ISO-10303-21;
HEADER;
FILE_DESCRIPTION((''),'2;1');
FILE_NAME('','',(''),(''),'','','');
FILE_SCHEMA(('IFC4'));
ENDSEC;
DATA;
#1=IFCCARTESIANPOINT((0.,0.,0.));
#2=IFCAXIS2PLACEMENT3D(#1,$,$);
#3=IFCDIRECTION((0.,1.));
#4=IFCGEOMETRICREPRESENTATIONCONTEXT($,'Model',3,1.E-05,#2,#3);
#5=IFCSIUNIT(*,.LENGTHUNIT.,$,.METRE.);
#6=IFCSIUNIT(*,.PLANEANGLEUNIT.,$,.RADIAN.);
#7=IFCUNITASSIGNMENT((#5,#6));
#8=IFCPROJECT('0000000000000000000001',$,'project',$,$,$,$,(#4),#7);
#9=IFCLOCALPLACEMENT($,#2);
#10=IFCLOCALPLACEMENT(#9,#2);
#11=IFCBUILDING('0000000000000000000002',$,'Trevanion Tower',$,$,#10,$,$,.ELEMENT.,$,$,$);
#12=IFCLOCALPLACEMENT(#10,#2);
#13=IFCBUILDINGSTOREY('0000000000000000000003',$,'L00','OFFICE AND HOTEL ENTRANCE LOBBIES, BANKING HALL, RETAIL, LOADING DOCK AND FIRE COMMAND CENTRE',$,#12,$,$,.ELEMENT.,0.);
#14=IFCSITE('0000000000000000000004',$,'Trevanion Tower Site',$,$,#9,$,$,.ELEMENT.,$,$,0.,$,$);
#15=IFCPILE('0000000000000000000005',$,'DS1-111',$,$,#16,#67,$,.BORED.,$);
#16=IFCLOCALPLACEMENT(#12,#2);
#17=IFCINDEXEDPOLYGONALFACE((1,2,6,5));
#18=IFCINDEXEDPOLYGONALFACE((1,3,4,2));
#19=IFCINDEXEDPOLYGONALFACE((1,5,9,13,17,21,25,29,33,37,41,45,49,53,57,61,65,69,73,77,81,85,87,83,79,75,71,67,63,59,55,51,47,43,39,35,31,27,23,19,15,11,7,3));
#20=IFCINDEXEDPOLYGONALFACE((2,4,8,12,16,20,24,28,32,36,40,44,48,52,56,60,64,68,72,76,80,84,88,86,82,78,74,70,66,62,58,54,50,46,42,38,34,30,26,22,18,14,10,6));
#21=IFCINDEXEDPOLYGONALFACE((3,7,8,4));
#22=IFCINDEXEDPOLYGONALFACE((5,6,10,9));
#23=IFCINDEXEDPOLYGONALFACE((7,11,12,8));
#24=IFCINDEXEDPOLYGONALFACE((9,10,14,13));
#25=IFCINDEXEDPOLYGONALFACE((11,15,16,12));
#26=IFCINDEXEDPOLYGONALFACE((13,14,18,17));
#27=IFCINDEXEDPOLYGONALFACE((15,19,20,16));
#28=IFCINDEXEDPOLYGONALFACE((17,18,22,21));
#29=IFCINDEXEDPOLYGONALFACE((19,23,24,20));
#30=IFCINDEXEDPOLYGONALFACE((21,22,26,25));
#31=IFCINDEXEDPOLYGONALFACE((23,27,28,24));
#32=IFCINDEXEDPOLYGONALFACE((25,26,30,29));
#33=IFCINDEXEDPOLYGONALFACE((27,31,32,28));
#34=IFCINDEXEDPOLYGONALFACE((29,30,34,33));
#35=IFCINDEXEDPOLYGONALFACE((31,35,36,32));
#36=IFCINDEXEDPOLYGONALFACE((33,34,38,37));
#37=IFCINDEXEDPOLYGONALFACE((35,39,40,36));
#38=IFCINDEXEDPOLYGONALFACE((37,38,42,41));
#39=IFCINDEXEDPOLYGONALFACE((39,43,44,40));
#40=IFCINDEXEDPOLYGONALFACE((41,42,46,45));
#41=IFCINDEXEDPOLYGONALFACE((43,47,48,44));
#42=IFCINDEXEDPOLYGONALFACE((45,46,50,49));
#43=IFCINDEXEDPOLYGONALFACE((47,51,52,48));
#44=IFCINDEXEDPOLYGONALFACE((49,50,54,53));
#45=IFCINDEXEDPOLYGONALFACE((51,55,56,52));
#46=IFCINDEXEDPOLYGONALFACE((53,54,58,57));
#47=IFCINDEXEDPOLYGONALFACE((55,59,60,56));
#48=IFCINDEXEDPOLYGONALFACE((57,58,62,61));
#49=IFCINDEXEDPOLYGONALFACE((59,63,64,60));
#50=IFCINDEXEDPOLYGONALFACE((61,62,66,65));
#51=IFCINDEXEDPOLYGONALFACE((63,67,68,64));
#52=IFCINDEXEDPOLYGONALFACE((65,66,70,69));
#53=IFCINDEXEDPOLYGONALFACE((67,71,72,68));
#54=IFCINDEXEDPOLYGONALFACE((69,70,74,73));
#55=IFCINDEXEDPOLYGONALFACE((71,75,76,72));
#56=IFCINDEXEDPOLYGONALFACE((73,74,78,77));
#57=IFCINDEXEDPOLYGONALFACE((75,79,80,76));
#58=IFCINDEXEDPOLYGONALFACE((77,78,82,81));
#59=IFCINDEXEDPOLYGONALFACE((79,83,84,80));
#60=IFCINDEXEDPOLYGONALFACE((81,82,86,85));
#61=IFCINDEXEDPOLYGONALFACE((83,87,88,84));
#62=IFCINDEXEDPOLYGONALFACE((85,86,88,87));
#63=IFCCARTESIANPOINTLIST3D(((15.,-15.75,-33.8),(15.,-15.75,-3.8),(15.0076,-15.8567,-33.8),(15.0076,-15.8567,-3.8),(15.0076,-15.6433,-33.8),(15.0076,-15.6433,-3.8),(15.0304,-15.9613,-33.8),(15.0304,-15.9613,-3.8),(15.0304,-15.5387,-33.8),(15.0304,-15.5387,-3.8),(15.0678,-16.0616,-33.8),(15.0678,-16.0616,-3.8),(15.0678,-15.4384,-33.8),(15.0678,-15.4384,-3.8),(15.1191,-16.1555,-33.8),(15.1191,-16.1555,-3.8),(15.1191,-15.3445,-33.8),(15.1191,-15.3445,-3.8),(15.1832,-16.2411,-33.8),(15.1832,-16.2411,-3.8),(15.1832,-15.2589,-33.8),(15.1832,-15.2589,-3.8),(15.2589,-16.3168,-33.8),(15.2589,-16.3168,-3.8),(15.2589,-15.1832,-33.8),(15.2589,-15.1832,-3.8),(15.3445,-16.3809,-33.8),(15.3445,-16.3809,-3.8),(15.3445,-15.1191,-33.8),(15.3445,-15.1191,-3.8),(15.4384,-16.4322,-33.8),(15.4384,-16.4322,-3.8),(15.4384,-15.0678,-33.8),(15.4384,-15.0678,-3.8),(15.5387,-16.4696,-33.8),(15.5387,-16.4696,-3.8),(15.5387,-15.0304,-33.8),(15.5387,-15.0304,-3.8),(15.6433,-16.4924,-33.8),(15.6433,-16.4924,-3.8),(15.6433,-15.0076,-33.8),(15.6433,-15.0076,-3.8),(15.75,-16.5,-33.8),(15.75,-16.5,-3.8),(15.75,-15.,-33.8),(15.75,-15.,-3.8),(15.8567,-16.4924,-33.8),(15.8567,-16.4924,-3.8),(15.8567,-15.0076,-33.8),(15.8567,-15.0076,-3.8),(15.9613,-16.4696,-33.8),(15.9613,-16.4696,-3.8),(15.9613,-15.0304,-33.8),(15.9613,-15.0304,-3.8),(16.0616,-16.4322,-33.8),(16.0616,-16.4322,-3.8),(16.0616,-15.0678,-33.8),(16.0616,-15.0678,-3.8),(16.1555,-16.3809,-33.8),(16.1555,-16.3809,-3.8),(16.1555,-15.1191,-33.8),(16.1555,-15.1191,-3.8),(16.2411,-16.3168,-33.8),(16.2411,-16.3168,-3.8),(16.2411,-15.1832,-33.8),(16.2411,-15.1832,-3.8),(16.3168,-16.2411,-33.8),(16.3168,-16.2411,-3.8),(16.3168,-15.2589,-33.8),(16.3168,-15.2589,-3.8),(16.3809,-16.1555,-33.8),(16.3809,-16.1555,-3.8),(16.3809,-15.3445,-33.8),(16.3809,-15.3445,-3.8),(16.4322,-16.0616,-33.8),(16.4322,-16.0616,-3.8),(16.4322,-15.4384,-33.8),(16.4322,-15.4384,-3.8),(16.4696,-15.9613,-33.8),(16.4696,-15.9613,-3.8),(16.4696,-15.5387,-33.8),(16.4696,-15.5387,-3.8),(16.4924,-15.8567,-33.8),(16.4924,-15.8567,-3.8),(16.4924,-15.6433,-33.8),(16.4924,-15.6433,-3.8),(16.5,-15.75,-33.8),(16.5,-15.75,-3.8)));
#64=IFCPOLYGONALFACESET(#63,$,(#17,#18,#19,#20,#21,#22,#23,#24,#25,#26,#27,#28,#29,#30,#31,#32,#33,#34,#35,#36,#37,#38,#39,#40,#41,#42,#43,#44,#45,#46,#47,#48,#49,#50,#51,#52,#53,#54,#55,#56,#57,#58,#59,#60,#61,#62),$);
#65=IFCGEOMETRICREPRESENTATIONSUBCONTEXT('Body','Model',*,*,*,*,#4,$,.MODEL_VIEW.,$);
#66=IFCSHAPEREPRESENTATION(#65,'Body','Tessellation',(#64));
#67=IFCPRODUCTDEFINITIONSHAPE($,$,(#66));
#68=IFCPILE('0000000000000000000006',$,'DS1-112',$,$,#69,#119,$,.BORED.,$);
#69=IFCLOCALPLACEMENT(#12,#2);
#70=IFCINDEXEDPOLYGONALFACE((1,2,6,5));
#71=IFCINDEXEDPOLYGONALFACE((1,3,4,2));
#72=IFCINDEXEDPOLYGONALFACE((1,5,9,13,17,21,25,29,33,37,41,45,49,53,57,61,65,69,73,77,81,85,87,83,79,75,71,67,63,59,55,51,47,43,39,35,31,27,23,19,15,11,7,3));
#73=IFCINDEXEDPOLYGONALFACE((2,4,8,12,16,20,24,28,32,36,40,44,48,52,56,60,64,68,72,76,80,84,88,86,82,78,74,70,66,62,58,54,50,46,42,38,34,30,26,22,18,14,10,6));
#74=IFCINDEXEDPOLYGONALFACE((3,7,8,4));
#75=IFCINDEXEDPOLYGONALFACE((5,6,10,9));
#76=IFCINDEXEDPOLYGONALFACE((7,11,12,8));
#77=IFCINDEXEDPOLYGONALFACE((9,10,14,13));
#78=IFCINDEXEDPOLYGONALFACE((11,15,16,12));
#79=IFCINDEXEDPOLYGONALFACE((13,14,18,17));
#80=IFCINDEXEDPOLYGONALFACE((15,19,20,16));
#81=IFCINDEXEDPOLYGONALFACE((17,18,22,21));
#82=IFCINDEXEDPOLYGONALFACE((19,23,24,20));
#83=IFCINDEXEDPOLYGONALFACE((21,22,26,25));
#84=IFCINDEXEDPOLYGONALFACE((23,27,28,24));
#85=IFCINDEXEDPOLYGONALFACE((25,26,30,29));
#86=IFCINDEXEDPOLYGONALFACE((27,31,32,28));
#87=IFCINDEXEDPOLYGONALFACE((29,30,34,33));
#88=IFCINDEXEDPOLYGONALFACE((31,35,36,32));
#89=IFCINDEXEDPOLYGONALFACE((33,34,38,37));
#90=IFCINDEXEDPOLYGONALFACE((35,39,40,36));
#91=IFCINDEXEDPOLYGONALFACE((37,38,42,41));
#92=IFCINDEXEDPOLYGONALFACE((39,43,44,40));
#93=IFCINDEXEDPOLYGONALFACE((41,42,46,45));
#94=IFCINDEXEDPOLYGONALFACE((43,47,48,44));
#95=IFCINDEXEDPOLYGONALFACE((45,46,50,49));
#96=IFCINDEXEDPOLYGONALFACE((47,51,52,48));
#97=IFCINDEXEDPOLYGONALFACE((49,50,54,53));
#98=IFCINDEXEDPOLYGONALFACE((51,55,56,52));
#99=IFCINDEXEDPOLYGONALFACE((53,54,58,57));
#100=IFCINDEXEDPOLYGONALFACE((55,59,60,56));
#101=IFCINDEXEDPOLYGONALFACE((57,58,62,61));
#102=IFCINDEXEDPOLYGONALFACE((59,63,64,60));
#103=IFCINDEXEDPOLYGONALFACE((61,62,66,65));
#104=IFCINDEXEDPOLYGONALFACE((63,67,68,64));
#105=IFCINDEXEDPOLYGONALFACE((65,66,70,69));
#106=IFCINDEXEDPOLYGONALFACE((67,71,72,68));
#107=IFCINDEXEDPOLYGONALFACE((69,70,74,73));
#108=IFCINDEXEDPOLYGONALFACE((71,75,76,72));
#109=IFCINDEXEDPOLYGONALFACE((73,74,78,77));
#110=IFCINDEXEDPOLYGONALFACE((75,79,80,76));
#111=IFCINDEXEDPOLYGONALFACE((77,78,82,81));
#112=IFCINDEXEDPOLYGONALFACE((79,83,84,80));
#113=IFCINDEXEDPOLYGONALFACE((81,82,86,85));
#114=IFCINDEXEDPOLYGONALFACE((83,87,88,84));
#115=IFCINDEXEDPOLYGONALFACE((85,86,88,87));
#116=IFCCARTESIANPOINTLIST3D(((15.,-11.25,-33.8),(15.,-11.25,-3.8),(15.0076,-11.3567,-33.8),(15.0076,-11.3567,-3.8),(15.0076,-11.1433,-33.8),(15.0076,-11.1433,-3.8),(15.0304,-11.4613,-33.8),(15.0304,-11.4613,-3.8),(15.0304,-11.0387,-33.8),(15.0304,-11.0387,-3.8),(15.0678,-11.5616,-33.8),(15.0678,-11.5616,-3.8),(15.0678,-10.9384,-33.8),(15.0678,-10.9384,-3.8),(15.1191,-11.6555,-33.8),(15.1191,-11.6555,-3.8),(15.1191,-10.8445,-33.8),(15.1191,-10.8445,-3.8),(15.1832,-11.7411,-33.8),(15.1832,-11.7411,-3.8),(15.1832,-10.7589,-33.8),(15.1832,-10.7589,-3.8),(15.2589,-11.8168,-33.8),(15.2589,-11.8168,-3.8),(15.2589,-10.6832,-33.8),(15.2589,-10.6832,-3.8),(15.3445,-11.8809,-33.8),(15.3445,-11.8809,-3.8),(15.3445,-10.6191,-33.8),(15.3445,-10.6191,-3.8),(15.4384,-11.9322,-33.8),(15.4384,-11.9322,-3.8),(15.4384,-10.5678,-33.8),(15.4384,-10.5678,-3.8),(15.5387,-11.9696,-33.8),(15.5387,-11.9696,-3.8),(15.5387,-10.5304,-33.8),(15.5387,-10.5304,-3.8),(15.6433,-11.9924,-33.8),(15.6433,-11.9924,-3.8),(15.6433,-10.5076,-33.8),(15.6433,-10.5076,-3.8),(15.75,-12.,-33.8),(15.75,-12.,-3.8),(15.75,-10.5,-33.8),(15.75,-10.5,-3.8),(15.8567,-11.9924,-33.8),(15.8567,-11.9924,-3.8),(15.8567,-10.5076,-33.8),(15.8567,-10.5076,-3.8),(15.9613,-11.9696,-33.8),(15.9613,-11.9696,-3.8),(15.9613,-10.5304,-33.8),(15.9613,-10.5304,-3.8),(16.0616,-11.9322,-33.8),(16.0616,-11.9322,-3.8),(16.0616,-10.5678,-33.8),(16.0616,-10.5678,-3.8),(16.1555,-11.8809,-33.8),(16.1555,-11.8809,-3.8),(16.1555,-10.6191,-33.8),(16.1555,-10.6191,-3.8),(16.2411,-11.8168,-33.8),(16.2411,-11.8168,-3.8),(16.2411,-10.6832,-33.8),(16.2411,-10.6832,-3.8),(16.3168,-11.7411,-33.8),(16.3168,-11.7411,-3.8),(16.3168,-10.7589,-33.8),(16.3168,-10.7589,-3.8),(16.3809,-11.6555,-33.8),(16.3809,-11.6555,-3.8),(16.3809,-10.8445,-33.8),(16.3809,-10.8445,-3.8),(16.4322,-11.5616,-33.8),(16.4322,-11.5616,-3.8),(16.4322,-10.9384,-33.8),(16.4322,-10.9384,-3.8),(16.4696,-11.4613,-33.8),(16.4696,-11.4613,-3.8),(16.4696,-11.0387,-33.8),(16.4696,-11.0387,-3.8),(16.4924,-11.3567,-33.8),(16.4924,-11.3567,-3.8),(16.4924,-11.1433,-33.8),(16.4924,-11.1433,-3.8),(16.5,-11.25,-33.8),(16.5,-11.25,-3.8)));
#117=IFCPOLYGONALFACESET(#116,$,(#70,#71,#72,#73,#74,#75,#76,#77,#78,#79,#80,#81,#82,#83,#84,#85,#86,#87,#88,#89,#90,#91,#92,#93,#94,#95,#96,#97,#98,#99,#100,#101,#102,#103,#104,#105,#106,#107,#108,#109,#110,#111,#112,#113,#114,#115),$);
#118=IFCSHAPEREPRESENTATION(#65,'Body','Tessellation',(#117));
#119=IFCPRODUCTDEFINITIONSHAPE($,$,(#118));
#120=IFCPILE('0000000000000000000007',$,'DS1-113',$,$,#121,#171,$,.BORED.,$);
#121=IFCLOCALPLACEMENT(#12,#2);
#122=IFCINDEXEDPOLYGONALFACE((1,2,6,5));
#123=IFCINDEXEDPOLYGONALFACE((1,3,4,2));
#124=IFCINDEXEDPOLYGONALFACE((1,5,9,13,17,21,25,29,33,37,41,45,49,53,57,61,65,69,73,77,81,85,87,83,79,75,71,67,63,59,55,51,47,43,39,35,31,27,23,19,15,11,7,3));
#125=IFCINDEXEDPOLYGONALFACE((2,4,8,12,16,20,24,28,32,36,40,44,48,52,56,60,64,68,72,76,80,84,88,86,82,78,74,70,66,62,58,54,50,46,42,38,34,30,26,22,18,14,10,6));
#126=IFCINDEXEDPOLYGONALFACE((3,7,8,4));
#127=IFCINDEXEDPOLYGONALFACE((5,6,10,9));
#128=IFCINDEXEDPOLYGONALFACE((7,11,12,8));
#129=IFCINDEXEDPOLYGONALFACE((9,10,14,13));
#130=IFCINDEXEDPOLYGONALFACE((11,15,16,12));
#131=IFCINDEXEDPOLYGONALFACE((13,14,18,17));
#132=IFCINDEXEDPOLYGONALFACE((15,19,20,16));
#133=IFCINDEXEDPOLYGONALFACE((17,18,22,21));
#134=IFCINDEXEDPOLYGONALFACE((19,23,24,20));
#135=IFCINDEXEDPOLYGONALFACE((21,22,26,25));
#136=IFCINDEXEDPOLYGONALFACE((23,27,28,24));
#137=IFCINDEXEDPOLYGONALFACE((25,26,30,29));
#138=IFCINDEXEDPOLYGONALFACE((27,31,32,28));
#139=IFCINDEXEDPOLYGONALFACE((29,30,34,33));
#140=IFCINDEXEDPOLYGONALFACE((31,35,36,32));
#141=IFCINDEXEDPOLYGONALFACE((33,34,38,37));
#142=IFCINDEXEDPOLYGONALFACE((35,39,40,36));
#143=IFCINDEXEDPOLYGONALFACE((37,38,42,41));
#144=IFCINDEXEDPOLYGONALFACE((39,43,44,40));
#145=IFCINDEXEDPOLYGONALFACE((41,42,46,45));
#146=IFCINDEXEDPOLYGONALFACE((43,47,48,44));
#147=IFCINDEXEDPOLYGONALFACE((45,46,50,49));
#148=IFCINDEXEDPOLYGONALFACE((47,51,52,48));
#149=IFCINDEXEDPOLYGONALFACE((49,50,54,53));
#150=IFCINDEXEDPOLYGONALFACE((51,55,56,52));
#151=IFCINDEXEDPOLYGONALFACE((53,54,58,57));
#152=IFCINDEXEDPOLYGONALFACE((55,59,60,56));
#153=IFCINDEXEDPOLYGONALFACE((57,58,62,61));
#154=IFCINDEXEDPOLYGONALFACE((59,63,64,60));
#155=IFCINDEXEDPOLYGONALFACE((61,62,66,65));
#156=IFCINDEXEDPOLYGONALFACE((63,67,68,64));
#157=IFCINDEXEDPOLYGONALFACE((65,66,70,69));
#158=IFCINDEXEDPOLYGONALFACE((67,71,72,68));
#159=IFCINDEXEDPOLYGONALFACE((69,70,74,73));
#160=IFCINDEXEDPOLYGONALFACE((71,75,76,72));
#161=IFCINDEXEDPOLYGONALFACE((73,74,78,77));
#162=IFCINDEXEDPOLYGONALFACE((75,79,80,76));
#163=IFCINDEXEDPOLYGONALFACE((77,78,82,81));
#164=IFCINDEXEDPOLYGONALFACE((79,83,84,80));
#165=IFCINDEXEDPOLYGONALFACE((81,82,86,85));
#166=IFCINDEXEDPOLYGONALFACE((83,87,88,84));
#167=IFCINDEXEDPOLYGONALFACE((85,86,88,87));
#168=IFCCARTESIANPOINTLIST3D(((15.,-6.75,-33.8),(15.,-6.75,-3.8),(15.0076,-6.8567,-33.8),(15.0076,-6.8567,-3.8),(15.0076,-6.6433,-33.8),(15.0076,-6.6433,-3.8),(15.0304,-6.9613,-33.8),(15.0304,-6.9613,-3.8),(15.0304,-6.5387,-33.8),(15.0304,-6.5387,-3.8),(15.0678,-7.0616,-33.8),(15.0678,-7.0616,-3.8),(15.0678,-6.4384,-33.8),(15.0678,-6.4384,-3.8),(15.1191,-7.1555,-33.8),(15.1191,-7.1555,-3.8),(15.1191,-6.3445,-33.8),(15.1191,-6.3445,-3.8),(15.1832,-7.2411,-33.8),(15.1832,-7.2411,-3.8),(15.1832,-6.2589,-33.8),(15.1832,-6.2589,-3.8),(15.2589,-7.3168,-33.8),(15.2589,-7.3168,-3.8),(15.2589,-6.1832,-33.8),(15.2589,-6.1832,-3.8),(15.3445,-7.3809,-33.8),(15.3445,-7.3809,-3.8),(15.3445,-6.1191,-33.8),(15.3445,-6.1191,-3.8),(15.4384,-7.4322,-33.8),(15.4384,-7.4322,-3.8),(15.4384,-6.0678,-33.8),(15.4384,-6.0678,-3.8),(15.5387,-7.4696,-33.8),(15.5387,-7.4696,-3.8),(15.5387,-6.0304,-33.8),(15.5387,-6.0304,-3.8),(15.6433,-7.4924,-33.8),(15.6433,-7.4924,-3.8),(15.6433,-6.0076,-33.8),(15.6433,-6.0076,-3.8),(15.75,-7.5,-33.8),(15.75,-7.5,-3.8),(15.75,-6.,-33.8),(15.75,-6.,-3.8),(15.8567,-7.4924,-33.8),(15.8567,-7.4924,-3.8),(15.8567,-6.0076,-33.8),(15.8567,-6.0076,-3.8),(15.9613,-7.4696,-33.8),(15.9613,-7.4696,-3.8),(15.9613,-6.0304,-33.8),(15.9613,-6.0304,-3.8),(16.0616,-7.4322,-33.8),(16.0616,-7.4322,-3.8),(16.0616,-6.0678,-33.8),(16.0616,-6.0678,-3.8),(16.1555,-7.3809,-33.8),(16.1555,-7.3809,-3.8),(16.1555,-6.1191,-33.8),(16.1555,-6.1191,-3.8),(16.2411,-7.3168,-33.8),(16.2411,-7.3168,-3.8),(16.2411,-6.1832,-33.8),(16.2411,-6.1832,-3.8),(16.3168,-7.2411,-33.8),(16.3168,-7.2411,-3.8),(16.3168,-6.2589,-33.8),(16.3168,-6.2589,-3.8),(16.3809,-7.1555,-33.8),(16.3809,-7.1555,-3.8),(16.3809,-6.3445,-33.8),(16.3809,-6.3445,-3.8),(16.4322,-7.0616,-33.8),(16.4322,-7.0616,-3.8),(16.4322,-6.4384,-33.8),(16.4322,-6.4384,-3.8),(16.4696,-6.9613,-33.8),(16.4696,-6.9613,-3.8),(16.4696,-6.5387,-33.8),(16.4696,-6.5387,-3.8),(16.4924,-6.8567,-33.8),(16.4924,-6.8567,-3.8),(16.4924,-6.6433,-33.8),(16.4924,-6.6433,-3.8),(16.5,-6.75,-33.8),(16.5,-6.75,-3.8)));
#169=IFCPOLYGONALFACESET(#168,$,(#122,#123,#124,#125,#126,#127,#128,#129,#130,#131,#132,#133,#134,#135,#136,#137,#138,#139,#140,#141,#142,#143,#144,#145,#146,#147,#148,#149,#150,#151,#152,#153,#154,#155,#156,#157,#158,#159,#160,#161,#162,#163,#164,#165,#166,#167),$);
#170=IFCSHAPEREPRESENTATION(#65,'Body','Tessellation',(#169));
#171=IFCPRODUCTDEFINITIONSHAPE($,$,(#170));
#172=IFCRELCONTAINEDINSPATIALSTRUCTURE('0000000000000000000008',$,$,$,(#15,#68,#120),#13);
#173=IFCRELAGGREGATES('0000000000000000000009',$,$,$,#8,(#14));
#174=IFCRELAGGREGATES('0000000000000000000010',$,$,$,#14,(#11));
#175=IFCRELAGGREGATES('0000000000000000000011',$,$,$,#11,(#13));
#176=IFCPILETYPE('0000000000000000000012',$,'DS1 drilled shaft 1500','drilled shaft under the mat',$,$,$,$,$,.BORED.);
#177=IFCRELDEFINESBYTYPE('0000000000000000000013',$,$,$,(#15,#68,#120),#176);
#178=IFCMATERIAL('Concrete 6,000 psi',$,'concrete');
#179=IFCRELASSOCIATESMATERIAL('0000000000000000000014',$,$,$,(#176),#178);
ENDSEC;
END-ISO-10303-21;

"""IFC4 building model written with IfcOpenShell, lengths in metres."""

from ifc_helpers import new_model, si_unit, direction, frame, origin, origin_2d, place, context, subcontext, project, spatial, circle, extrude, material, material_profile, profile_set, type_object, element, save


model = new_model("IFC4")

# Units and contexts
model_context = context("Model", 3, precision=1e-05, world=origin(), true_north=direction((0.0, 1.0)))
body_context = subcontext(model_context, "Body", "Model", "MODEL_VIEW")
ifc_project = project(units=[si_unit("LENGTHUNIT", "METRE"), si_unit("PLANEANGLEUNIT", "RADIAN")], contexts=[model_context])

# Site, building, storey
site_placement = place(None, origin())
site = spatial("IfcSite", under=ifc_project, at=site_placement, Name="Trevanion Tower Site", CompositionType="ELEMENT", RefElevation=0.0)
building_placement = place(site_placement, origin())
building = spatial("IfcBuilding", under=site, at=building_placement, Name="Trevanion Tower", CompositionType="ELEMENT")
storey_placement = place(building_placement, origin())
storey = spatial("IfcBuildingStorey", under=building, at=storey_placement, Name="L00", Description="OFFICE AND HOTEL ENTRANCE LOBBIES, BANKING HALL, RETAIL, LOADING DOCK AND FIRE COMMAND CENTRE", CompositionType="ELEMENT", Elevation=0.0)

# Piles
ifc_material_1 = material(Name="Concrete 6,000 psi", Category="concrete")
ifc_material_profile_1 = material_profile(ifc_material_1, circle(Radius=0.75, at=origin_2d()), Name="DS1 drilled shaft 1500")
ifc_profile_set_1 = profile_set([ifc_material_profile_1], Name="Concrete 6,000 psi")
pile_type_1 = type_object("IfcPileType", Name="DS1 drilled shaft 1500", Description="drilled shaft under the mat", PredefinedType="BORED", material=ifc_profile_set_1)
for number, where, z_axis, x_axis, name in (
    (1, (15.75, -15.75, -3.8), (0.0, 0.0, -1.0), (1.0, 0.0, 0.0), "DS1-111"),
    (2, (15.75, -11.25, -3.8), (0.0, 0.0, -1.0), (1.0, 0.0, 0.0), "DS1-112"),
    (3, (15.75, -6.75, -3.8), (0.0, 0.0, -1.0), (1.0, 0.0, 0.0), "DS1-113"),
):
    element("IfcPile", number, at=place(storey_placement, frame(where, z_axis=z_axis, x_axis=x_axis)), inside=storey, type_object=pile_type_1, Name=name, PredefinedType="BORED", context=body_context, shape_type="SweptSolid", body=[
        extrude(circle(Radius=0.75, at=origin_2d()), origin(), (0.0, 0.0, 1.0), 30.0),
    ])

save(model, "model.ifc")
